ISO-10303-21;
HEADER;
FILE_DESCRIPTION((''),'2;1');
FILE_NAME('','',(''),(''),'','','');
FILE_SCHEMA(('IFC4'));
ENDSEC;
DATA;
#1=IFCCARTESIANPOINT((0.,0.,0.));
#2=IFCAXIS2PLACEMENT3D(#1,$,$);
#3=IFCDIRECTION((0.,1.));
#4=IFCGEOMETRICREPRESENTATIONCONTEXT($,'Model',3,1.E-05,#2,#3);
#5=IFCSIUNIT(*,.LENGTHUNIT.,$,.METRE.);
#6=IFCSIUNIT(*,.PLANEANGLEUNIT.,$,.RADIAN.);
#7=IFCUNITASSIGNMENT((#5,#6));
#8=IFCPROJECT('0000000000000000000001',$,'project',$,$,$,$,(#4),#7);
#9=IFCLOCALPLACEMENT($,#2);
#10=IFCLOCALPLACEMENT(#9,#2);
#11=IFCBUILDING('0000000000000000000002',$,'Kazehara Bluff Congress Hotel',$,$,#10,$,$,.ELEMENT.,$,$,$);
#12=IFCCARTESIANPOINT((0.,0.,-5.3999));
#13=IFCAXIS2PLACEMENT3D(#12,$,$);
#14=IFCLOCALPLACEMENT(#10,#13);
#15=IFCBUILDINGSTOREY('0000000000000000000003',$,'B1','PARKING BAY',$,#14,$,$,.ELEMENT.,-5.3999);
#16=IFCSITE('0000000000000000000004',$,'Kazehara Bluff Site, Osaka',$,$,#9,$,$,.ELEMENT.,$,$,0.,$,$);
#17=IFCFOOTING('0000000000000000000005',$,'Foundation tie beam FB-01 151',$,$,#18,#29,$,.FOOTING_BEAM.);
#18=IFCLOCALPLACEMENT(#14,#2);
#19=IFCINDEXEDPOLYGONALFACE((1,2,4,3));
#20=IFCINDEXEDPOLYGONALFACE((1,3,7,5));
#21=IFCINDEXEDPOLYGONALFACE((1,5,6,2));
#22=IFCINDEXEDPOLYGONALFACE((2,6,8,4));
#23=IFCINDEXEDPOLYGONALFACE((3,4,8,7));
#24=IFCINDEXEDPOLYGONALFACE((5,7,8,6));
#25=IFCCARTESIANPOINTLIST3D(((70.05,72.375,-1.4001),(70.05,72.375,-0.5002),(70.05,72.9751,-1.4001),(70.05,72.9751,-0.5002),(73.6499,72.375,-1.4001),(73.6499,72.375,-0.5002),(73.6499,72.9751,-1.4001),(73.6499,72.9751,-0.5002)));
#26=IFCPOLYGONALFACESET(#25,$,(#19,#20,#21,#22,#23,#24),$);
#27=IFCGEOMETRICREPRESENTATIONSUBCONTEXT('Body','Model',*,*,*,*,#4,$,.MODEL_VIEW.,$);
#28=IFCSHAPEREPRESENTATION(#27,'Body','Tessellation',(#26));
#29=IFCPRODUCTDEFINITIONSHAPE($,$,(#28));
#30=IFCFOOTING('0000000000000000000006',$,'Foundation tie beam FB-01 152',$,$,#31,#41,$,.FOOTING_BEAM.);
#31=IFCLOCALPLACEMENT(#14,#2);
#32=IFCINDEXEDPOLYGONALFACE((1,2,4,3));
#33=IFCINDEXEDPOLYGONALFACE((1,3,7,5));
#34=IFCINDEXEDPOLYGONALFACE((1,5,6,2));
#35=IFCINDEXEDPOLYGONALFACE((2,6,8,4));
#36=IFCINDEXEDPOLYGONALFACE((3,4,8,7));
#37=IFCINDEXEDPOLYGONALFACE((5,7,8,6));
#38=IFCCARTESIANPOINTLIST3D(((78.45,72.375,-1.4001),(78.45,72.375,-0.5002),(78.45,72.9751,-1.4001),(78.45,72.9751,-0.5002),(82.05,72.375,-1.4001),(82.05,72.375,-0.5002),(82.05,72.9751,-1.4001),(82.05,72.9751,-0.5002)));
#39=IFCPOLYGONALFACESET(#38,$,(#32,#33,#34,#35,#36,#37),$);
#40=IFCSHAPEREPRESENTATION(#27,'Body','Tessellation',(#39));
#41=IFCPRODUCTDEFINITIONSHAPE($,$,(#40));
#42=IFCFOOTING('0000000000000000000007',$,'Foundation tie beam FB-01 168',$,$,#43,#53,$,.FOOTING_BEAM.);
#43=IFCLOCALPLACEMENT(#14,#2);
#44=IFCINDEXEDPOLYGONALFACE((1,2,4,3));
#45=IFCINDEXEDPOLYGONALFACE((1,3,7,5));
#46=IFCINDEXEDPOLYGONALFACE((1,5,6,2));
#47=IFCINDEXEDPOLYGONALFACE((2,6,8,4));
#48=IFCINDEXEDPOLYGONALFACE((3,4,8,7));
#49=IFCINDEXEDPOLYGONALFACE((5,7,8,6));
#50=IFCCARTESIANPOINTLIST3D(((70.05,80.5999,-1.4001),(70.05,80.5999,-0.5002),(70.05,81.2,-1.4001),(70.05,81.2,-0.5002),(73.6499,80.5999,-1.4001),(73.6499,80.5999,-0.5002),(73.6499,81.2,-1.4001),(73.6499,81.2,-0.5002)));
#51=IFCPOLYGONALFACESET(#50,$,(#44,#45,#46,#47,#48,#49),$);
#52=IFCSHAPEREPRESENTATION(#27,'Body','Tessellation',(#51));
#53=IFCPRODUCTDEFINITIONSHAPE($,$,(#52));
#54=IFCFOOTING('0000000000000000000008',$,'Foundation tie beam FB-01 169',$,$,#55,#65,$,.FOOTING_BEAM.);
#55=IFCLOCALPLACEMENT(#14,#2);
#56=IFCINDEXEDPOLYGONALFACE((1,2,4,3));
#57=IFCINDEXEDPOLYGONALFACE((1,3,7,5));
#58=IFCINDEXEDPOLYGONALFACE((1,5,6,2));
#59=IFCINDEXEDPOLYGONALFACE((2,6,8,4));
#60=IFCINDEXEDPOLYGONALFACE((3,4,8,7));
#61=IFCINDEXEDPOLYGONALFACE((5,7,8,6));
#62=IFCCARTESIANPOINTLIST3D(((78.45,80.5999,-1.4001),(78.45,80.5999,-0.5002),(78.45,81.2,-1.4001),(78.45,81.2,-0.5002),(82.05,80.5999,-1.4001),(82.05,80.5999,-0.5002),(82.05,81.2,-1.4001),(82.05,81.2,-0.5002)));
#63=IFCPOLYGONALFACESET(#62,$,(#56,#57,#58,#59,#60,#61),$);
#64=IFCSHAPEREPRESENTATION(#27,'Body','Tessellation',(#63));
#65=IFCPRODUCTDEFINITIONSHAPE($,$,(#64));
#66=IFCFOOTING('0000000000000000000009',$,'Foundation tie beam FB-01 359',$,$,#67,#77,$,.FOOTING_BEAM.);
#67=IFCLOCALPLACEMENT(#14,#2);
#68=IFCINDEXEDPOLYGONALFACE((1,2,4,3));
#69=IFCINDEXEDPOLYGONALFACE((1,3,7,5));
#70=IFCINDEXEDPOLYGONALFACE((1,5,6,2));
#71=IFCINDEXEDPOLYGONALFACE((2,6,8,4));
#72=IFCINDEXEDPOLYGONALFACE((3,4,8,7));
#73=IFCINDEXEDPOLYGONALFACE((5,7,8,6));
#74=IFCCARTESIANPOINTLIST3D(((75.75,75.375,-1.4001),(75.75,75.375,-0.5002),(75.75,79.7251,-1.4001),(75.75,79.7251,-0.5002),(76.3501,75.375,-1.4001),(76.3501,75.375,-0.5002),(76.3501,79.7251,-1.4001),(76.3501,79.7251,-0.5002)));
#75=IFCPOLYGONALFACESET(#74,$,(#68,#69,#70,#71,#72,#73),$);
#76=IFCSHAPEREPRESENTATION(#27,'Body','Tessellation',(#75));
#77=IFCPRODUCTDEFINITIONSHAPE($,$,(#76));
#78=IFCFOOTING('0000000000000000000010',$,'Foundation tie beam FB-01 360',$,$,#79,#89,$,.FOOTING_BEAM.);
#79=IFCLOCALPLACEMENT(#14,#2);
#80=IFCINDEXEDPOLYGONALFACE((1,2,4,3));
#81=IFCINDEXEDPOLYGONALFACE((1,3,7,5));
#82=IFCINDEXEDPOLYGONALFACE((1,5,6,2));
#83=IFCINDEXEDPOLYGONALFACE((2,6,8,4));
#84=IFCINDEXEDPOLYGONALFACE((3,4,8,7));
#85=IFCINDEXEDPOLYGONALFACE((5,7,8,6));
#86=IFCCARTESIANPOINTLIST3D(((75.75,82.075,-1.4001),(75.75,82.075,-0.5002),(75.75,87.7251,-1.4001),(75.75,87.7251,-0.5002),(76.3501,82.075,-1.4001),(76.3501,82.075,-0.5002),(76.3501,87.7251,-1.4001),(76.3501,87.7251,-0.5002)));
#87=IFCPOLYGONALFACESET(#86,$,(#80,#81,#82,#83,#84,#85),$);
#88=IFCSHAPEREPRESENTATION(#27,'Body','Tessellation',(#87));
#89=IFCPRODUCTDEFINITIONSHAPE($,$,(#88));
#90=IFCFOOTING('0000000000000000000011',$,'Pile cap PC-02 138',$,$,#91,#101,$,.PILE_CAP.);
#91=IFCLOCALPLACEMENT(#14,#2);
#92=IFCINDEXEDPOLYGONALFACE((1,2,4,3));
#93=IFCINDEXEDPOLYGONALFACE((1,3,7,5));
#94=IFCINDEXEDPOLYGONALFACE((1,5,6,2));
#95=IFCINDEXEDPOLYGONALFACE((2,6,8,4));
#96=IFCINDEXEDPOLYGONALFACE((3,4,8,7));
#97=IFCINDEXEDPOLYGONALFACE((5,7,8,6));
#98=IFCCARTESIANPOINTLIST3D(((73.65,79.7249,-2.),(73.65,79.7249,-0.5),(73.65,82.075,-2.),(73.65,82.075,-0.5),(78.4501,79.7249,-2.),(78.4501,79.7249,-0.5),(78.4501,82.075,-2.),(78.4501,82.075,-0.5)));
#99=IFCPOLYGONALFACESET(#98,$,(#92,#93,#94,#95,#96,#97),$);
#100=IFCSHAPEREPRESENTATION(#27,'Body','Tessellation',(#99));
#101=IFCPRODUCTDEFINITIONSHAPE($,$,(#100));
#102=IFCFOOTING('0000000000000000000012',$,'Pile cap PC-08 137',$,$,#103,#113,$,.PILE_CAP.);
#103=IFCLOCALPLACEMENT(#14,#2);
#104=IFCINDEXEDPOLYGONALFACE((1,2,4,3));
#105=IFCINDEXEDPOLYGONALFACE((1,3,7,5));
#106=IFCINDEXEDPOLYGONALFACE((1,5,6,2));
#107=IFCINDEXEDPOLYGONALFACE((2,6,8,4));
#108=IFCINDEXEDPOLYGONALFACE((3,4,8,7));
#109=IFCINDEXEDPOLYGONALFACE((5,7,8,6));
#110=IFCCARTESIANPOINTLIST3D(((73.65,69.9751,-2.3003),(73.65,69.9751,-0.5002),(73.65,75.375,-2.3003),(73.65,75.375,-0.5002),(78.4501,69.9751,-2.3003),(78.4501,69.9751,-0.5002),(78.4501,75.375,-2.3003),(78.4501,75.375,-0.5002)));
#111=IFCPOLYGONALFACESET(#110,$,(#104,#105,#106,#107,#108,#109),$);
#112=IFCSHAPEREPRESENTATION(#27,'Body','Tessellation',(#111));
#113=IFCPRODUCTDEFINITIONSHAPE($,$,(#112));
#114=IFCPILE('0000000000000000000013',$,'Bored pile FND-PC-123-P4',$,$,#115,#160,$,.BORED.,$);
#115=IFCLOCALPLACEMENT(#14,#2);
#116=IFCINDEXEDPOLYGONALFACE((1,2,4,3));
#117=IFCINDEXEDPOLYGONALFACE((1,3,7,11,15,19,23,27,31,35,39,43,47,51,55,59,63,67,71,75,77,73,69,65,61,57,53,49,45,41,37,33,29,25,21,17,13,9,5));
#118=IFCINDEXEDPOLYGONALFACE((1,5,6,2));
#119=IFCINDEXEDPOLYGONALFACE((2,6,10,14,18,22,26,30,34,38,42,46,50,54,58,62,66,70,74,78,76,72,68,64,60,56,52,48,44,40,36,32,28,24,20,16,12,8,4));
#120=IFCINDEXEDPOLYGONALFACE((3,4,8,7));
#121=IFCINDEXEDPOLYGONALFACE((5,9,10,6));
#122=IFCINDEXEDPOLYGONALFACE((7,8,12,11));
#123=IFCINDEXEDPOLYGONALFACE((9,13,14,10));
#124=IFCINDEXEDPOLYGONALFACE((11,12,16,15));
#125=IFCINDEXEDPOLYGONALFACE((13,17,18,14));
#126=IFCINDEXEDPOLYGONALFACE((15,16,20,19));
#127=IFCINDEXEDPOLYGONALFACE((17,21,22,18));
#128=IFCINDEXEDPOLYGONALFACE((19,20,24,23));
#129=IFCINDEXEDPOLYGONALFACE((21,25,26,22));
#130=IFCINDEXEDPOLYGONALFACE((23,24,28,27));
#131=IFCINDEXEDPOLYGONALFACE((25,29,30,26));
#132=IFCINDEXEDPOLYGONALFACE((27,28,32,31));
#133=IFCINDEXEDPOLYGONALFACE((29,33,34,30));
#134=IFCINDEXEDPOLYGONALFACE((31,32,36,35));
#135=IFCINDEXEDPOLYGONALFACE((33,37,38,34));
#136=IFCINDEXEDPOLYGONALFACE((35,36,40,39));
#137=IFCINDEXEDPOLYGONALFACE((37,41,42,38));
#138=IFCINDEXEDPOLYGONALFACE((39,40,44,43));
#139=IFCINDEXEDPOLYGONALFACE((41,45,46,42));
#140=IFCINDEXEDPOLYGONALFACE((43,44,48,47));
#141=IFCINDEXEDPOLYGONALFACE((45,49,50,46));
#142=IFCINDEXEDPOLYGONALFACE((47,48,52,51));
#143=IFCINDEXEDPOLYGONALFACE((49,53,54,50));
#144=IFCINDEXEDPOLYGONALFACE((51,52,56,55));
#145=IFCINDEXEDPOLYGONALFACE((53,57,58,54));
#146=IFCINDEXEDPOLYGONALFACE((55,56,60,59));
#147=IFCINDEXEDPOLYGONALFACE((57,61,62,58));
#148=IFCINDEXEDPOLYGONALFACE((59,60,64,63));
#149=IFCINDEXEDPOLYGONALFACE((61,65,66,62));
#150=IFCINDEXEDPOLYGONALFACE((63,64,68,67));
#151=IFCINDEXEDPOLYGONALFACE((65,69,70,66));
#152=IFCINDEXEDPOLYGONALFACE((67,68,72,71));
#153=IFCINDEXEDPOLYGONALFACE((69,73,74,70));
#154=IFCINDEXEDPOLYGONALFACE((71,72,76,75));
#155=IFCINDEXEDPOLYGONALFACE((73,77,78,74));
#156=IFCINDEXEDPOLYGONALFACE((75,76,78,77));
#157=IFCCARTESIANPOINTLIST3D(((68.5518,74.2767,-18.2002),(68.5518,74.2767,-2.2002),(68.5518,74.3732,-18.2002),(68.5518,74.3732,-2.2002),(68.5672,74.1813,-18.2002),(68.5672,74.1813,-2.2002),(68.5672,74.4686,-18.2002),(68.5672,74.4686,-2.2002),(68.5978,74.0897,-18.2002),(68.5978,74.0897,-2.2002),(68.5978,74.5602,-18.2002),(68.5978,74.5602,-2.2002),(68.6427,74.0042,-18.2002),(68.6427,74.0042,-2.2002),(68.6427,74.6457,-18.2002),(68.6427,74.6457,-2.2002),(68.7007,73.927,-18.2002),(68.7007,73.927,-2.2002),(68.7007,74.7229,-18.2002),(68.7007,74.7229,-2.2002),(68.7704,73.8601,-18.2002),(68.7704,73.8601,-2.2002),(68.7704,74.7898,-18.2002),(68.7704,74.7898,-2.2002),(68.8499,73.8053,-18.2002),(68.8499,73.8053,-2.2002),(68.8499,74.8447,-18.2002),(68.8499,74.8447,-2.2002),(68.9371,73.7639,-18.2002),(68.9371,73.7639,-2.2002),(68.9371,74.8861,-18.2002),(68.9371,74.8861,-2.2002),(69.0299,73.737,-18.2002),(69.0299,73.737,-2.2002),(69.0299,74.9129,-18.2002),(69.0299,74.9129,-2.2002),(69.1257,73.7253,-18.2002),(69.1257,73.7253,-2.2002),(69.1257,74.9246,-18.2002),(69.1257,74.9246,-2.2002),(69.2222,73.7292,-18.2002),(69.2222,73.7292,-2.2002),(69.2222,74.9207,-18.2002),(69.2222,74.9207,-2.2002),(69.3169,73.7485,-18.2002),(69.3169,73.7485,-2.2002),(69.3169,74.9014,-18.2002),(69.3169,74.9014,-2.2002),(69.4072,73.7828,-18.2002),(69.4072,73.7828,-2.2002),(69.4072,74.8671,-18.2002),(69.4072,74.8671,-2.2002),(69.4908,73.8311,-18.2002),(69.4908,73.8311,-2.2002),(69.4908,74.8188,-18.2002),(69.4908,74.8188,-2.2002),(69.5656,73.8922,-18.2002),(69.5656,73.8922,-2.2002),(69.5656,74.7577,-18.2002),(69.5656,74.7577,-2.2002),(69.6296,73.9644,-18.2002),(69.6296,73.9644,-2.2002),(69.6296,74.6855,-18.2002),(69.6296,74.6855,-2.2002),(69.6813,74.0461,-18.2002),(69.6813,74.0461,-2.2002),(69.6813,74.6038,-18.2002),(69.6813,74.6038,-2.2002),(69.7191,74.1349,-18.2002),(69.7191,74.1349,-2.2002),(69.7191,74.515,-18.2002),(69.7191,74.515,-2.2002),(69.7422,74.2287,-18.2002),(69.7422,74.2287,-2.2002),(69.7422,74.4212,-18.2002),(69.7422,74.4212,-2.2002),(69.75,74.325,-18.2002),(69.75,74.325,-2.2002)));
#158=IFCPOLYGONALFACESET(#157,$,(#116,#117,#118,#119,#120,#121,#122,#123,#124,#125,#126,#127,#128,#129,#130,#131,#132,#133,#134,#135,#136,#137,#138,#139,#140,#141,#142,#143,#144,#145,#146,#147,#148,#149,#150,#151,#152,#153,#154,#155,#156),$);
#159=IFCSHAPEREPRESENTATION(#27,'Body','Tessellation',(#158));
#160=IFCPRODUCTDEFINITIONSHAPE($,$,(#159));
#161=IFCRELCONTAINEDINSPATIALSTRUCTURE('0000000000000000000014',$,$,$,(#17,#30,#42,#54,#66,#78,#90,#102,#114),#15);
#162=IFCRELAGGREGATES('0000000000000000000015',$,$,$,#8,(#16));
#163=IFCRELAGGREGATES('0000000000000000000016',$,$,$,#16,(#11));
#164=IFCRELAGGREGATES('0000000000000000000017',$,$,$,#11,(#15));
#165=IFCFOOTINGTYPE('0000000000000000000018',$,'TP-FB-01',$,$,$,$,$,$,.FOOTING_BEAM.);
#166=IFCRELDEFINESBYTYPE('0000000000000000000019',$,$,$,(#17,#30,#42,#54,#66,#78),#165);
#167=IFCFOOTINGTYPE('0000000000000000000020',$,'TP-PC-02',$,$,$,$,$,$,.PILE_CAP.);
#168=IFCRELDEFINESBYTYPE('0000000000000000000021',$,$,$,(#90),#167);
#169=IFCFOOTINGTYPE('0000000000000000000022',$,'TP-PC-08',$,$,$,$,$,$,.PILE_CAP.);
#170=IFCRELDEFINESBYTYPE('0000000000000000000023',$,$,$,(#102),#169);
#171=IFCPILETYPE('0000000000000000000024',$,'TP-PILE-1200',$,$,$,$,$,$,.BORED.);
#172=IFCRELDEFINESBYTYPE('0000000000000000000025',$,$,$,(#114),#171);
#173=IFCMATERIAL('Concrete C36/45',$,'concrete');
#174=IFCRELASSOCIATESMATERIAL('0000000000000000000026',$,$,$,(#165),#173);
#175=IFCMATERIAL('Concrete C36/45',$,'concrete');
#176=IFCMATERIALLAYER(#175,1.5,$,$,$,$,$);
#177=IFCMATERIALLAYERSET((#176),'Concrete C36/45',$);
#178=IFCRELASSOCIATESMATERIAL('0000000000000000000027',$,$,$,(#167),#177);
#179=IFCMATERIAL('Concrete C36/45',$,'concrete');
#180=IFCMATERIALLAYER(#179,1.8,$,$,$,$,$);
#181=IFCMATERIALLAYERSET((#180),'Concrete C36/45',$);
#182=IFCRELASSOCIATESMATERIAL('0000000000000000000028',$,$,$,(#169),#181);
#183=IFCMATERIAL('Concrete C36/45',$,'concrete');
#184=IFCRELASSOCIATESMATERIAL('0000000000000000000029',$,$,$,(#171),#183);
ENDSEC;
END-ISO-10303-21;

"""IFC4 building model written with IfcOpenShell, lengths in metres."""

from ifc_helpers import new_model, si_unit, direction, frame, origin, origin_2d, place, context, subcontext, project, spatial, rectangle, circle, extrude, material, layer, layer_set, material_profile, profile_set, type_object, element, save


model = new_model("IFC4")

# Units and contexts
model_context = context("Model", 3, precision=1e-05, world=origin(), true_north=direction((0.0, 1.0)))
body_context = subcontext(model_context, "Body", "Model", "MODEL_VIEW")
ifc_project = project(units=[si_unit("LENGTHUNIT", "METRE"), si_unit("PLANEANGLEUNIT", "RADIAN")], contexts=[model_context])

# Site, building, storey
site_placement = place(None, origin())
site = spatial("IfcSite", under=ifc_project, at=site_placement, Name="Kazehara Bluff Site, Osaka", CompositionType="ELEMENT", RefElevation=0.0)
building_placement = place(site_placement, origin())
building = spatial("IfcBuilding", under=site, at=building_placement, Name="Kazehara Bluff Congress Hotel", CompositionType="ELEMENT")
storey_placement = place(building_placement, frame((0.0, 0.0, -5.3999)))
storey = spatial("IfcBuildingStorey", under=building, at=storey_placement, Name="B1", Description="PARKING BAY", CompositionType="ELEMENT", Elevation=-5.3999)

# Footings
ifc_material_1 = material(Name="Concrete C36/45", Category="concrete")
ifc_material_profile_1 = material_profile(ifc_material_1, rectangle(XDim=0.6001, YDim=0.8999, at=origin_2d()))
ifc_profile_set_1 = profile_set([ifc_material_profile_1], Name="Concrete C36/45")
footing_type_1 = type_object("IfcFootingType", Name="TP-FB-01", PredefinedType="FOOTING_BEAM", material=ifc_profile_set_1)
footing_1_placement = place(storey_placement, frame((70.05, 72.675, -0.9502), z_axis=(1.0, 0.0, 0.0), x_axis=(0.0, 1.0, 0.0)))
element("IfcFooting", 1, at=footing_1_placement, inside=storey, type_object=footing_type_1, Name="Foundation tie beam FB-01 151", PredefinedType="FOOTING_BEAM", context=body_context, shape_type="SweptSolid", body=[
    extrude(rectangle(XDim=0.6001, YDim=0.8999, at=origin_2d()), origin(), (0.0, 0.0, 1.0), 3.5999),
])
footing_2_placement = place(storey_placement, frame((78.45, 72.675, -0.9502), z_axis=(1.0, 0.0, 0.0), x_axis=(0.0, 1.0, 0.0)))
element("IfcFooting", 2, at=footing_2_placement, inside=storey, type_object=footing_type_1, Name="Foundation tie beam FB-01 152", PredefinedType="FOOTING_BEAM", context=body_context, shape_type="SweptSolid", body=[
    extrude(rectangle(XDim=0.6001, YDim=0.8999, at=origin_2d()), origin(), (0.0, 0.0, 1.0), 3.6001),
])
footing_3_placement = place(storey_placement, frame((70.05, 80.8999, -0.9502), z_axis=(1.0, 0.0, 0.0), x_axis=(0.0, 1.0, 0.0)))
element("IfcFooting", 3, at=footing_3_placement, inside=storey, type_object=footing_type_1, Name="Foundation tie beam FB-01 168", PredefinedType="FOOTING_BEAM", context=body_context, shape_type="SweptSolid", body=[
    extrude(rectangle(XDim=0.6001, YDim=0.8999, at=origin_2d()), origin(), (0.0, 0.0, 1.0), 3.5999),
])
footing_4_placement = place(storey_placement, frame((78.45, 80.8999, -0.9502), z_axis=(1.0, 0.0, 0.0), x_axis=(0.0, 1.0, 0.0)))
element("IfcFooting", 4, at=footing_4_placement, inside=storey, type_object=footing_type_1, Name="Foundation tie beam FB-01 169", PredefinedType="FOOTING_BEAM", context=body_context, shape_type="SweptSolid", body=[
    extrude(rectangle(XDim=0.6001, YDim=0.8999, at=origin_2d()), origin(), (0.0, 0.0, 1.0), 3.6001),
])
footing_5_placement = place(storey_placement, frame((76.05, 75.375, -0.9502), z_axis=(0.0, 1.0, 0.0), x_axis=(-1.0, 0.0, 0.0)))
element("IfcFooting", 5, at=footing_5_placement, inside=storey, type_object=footing_type_1, Name="Foundation tie beam FB-01 359", PredefinedType="FOOTING_BEAM", context=body_context, shape_type="SweptSolid", body=[
    extrude(rectangle(XDim=0.6001, YDim=0.8999, at=origin_2d()), origin(), (0.0, 0.0, 1.0), 4.3501),
])
footing_6_placement = place(storey_placement, frame((76.05, 82.075, -0.9502), z_axis=(0.0, 1.0, 0.0), x_axis=(-1.0, 0.0, 0.0)))
element("IfcFooting", 6, at=footing_6_placement, inside=storey, type_object=footing_type_1, Name="Foundation tie beam FB-01 360", PredefinedType="FOOTING_BEAM", context=body_context, shape_type="SweptSolid", body=[
    extrude(rectangle(XDim=0.6001, YDim=0.8999, at=origin_2d()), origin(), (0.0, 0.0, 1.0), 5.6501),
])
ifc_material_2 = material(Name="Concrete C36/45", Category="concrete")
ifc_layer_1 = layer(ifc_material_2, 1.5)
ifc_layer_set_1 = layer_set([ifc_layer_1], Name="Concrete C36/45")
footing_type_2 = type_object("IfcFootingType", Name="TP-PC-02", PredefinedType="PILE_CAP", material=ifc_layer_set_1)
footing_7_placement = place(storey_placement, frame((76.05, 80.8999, -2.0), z_axis=(0.0, 0.0, 1.0), x_axis=(1.0, 0.0, 0.0)))
element("IfcFooting", 7, at=footing_7_placement, inside=storey, type_object=footing_type_2, Name="Pile cap PC-02 138", PredefinedType="PILE_CAP", context=body_context, shape_type="SweptSolid", body=[
    extrude(rectangle(XDim=4.8, YDim=2.3501, at=origin_2d()), origin(), (0.0, 0.0, 1.0), 1.5),
])
ifc_material_3 = material(Name="Concrete C36/45", Category="concrete")
ifc_layer_2 = layer(ifc_material_3, 1.8)
ifc_layer_set_2 = layer_set([ifc_layer_2], Name="Concrete C36/45")
footing_type_3 = type_object("IfcFootingType", Name="TP-PC-08", PredefinedType="PILE_CAP", material=ifc_layer_set_2)
footing_8_placement = place(storey_placement, frame((76.05, 72.675, -2.3003), z_axis=(0.0, 0.0, 1.0), x_axis=(1.0, 0.0, 0.0)))
element("IfcFooting", 8, at=footing_8_placement, inside=storey, type_object=footing_type_3, Name="Pile cap PC-08 137", PredefinedType="PILE_CAP", context=body_context, shape_type="SweptSolid", body=[
    extrude(rectangle(XDim=4.8, YDim=5.3999, at=origin_2d()), origin(), (0.0, 0.0, 1.0), 1.8),
])

# Pile
ifc_material_4 = material(Name="Concrete C36/45", Category="concrete")
ifc_material_profile_2 = material_profile(ifc_material_4, circle(Radius=0.6001, at=origin_2d()))
ifc_profile_set_2 = profile_set([ifc_material_profile_2], Name="Concrete C36/45")
pile_type = type_object("IfcPileType", Name="TP-PILE-1200", PredefinedType="BORED", material=ifc_profile_set_2)
for number, where, z_axis, x_axis, name in (
    (9, (69.1499, 74.325, -2.2002), (0.0, 0.0, -1.0), (1.0, 0.0, 0.0), "Bored pile FND-PC-123-P4"),
):
    element("IfcPile", number, at=place(storey_placement, frame(where, z_axis=z_axis, x_axis=x_axis)), inside=storey, type_object=pile_type, Name=name, PredefinedType="BORED", context=body_context, shape_type="SweptSolid", body=[
        extrude(circle(Radius=0.6001, at=origin_2d()), origin(), (0.0, 0.0, 1.0), 16.0),
    ])

save(model, "model.ifc")
